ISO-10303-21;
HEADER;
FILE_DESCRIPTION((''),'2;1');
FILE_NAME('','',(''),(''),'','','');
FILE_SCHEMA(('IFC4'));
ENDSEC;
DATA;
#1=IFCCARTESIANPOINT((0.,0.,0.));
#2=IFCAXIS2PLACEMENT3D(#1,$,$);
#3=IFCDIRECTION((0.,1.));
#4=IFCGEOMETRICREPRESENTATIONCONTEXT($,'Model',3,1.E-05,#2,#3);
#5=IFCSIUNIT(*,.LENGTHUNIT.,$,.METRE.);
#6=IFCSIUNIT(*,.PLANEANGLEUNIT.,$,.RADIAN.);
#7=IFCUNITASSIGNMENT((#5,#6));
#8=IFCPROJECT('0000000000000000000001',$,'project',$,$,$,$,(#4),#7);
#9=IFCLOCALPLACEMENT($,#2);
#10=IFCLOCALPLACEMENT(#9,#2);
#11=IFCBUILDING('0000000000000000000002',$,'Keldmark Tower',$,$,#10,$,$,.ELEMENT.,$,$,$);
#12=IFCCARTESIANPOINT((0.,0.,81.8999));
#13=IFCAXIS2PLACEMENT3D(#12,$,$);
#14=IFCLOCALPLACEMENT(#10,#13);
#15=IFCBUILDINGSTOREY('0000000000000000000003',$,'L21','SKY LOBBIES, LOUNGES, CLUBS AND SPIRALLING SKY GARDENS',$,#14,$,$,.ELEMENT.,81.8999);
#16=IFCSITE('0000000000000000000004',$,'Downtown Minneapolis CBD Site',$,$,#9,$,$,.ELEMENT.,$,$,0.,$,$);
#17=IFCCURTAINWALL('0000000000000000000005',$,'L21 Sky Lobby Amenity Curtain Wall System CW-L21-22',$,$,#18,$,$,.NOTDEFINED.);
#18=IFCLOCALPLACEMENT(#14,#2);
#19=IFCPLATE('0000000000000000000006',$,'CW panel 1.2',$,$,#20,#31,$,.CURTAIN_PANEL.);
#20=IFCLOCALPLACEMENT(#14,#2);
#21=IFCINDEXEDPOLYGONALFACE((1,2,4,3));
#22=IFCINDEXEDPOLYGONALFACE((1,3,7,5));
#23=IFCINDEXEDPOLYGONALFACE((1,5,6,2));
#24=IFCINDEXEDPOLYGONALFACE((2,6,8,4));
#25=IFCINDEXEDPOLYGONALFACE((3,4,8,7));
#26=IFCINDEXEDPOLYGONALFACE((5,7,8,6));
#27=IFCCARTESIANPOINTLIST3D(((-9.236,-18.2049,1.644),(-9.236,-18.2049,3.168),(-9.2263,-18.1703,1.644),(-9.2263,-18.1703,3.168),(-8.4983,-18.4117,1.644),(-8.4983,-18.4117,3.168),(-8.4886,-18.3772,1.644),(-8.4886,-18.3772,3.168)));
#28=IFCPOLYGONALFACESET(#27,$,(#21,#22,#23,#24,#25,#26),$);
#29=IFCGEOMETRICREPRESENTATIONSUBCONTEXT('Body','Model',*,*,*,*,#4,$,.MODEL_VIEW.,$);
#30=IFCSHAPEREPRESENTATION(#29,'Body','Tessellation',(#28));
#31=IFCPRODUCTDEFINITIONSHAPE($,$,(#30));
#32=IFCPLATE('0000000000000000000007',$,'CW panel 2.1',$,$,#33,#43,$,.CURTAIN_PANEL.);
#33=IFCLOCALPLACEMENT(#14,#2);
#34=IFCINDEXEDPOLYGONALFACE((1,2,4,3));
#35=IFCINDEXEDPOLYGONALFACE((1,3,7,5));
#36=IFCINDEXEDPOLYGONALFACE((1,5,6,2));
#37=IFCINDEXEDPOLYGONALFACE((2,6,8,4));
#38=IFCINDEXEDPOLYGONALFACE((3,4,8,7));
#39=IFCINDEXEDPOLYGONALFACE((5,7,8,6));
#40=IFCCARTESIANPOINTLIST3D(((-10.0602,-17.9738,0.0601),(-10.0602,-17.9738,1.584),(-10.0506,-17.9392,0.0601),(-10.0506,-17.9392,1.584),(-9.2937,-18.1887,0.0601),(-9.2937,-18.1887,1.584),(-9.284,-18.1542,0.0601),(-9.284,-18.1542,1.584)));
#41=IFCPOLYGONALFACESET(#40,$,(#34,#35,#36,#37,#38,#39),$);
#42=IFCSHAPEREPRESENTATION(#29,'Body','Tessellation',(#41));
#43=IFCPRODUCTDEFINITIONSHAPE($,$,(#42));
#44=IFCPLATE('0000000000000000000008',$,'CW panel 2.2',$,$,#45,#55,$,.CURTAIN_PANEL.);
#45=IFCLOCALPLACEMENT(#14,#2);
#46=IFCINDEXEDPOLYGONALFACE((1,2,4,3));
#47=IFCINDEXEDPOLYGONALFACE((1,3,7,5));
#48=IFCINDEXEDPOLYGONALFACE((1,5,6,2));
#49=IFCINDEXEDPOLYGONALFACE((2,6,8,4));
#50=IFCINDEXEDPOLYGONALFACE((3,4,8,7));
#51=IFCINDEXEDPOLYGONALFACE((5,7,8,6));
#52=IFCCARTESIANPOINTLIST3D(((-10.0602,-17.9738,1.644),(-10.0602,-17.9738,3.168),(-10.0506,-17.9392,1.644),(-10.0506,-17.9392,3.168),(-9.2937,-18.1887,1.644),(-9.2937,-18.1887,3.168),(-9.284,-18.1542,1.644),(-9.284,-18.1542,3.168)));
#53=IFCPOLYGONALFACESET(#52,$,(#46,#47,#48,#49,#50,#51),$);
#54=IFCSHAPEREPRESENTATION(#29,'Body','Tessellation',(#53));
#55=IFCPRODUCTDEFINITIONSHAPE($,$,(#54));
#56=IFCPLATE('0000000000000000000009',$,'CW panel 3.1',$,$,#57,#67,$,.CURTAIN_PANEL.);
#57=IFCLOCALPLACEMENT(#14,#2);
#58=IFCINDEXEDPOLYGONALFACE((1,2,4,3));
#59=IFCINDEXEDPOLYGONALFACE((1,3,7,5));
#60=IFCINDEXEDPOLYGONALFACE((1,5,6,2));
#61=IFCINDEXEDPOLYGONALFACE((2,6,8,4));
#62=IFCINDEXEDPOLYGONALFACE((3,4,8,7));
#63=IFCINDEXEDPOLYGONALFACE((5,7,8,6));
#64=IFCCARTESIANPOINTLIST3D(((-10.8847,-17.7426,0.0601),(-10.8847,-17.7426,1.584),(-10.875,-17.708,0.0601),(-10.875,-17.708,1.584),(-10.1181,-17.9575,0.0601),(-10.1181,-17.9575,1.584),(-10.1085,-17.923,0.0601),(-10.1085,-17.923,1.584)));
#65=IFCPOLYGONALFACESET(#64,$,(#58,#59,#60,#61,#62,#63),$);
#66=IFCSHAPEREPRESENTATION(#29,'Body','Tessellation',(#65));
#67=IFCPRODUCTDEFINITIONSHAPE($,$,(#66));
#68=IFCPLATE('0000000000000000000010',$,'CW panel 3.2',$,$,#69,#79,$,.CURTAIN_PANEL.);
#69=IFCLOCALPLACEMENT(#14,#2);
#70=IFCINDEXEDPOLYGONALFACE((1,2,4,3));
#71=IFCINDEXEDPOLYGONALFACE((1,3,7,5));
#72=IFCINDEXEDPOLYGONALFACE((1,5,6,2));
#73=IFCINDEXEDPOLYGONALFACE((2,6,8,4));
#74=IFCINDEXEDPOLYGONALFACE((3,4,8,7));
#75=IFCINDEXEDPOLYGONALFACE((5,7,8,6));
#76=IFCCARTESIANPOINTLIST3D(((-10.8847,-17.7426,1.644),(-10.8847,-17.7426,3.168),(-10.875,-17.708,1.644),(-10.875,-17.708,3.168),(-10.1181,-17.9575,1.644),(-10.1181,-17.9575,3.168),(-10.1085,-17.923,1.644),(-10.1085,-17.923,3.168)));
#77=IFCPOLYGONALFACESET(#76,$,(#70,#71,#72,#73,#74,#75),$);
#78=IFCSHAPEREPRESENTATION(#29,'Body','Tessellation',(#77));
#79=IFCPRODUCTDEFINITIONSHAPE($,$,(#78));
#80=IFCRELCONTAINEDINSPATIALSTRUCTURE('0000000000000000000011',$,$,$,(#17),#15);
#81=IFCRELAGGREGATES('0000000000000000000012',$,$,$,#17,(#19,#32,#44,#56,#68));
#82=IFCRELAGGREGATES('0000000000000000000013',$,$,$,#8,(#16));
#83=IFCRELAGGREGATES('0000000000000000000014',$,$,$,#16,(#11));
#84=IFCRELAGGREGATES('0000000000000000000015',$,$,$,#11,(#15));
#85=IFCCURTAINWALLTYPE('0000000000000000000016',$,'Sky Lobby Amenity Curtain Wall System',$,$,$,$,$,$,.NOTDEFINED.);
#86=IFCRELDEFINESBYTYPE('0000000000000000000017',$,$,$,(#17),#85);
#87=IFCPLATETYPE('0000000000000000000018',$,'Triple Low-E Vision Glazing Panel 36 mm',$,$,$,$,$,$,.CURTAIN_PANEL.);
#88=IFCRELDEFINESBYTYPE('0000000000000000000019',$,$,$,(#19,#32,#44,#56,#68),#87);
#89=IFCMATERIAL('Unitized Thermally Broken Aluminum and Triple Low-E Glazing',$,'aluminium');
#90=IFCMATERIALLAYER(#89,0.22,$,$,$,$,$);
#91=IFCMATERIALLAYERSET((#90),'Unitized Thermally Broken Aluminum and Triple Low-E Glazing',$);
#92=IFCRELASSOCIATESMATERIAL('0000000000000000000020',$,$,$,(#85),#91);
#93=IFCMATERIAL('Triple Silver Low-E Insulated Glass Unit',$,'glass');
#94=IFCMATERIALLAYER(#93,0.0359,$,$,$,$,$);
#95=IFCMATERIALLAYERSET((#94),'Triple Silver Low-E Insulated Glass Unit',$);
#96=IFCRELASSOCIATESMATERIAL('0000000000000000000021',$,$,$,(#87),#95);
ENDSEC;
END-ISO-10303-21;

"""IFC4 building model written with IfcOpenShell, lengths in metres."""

from ifc_helpers import new_model, si_unit, direction, frame, origin, origin_2d, place, context, subcontext, project, spatial, rectangle, extrude, material, layer, layer_set, type_object, element, aggregate, save


model = new_model("IFC4")

# Units and contexts
model_context = context("Model", 3, precision=1e-05, world=origin(), true_north=direction((0.0, 1.0)))
body_context = subcontext(model_context, "Body", "Model", "MODEL_VIEW")
ifc_project = project(units=[si_unit("LENGTHUNIT", "METRE"), si_unit("PLANEANGLEUNIT", "RADIAN")], contexts=[model_context])

# Site, building, storey
site_placement = place(None, origin())
site = spatial("IfcSite", under=ifc_project, at=site_placement, Name="Downtown Minneapolis CBD Site", CompositionType="ELEMENT", RefElevation=0.0)
building_placement = place(site_placement, origin())
building = spatial("IfcBuilding", under=site, at=building_placement, Name="Keldmark Tower", CompositionType="ELEMENT")
storey_placement = place(building_placement, frame((0.0, 0.0, 81.8999)))
storey = spatial("IfcBuildingStorey", under=building, at=storey_placement, Name="L21", Description="SKY LOBBIES, LOUNGES, CLUBS AND SPIRALLING SKY GARDENS", CompositionType="ELEMENT", Elevation=81.8999)

# Curtain wall, plates
ifc_material_1 = material(Name="Unitized Thermally Broken Aluminum and Triple Low-E Glazing", Category="aluminium")
ifc_layer_1 = layer(ifc_material_1, 0.22)
ifc_layer_set_1 = layer_set([ifc_layer_1], Name="Unitized Thermally Broken Aluminum and Triple Low-E Glazing")
curtain_wall_type = type_object("IfcCurtainWallType", Name="Sky Lobby Amenity Curtain Wall System", PredefinedType="NOTDEFINED", material=ifc_layer_set_1)
curtain_wall_placement = place(storey_placement, origin())
curtain_wall = element("IfcCurtainWall", 1, at=curtain_wall_placement, inside=storey, type_object=curtain_wall_type, Name="L21 Sky Lobby Amenity Curtain Wall System CW-L21-22", PredefinedType="NOTDEFINED")
ifc_material_2 = material(Name="Triple Silver Low-E Insulated Glass Unit", Category="glass")
ifc_layer_2 = layer(ifc_material_2, 0.0359)
ifc_layer_set_2 = layer_set([ifc_layer_2], Name="Triple Silver Low-E Insulated Glass Unit")
plate_type = type_object("IfcPlateType", Name="Triple Low-E Vision Glazing Panel 36 mm", PredefinedType="CURTAIN_PANEL", material=ifc_layer_set_2)
plate_1_placement = place(storey_placement, frame((-8.8623, -18.291, 1.644), z_axis=(0.0, 0.0, 1.0), x_axis=(-0.962852, 0.270028, 0.0)))
plate_1 = element("IfcPlate", 2, at=plate_1_placement, type_object=plate_type, Name="CW panel 1.2", PredefinedType="CURTAIN_PANEL", context=body_context, shape_type="SweptSolid", body=[
    extrude(rectangle(XDim=0.7661, YDim=0.0359, at=origin_2d()), origin(), (0.0, 0.0, 1.0), 1.5239),
])
plate_2_placement = place(storey_placement, frame((-9.6721, -18.064, 0.0601), z_axis=(0.0, 0.0, 1.0), x_axis=(-0.962852, 0.270028, 0.0)))
plate_2 = element("IfcPlate", 3, at=plate_2_placement, type_object=plate_type, Name="CW panel 2.1", PredefinedType="CURTAIN_PANEL", context=body_context, shape_type="SweptSolid", body=[
    extrude(rectangle(XDim=0.7961, YDim=0.0359, at=origin_2d()), origin(), (0.0, 0.0, 1.0), 1.5239),
])
plate_3_placement = place(storey_placement, frame((-9.6721, -18.064, 1.644), z_axis=(0.0, 0.0, 1.0), x_axis=(-0.962852, 0.270028, 0.0)))
plate_3 = element("IfcPlate", 4, at=plate_3_placement, type_object=plate_type, Name="CW panel 2.2", PredefinedType="CURTAIN_PANEL", context=body_context, shape_type="SweptSolid", body=[
    extrude(rectangle(XDim=0.7961, YDim=0.0359, at=origin_2d()), origin(), (0.0, 0.0, 1.0), 1.5239),
])
plate_4_placement = place(storey_placement, frame((-10.4966, -17.8328, 0.0601), z_axis=(0.0, 0.0, 1.0), x_axis=(-0.962852, 0.270028, 0.0)))
plate_4 = element("IfcPlate", 5, at=plate_4_placement, type_object=plate_type, Name="CW panel 3.1", PredefinedType="CURTAIN_PANEL", context=body_context, shape_type="SweptSolid", body=[
    extrude(rectangle(XDim=0.7961, YDim=0.0359, at=origin_2d()), origin(), (0.0, 0.0, 1.0), 1.5239),
])
plate_5_placement = place(storey_placement, frame((-10.4966, -17.8328, 1.644), z_axis=(0.0, 0.0, 1.0), x_axis=(-0.962852, 0.270028, 0.0)))
plate_5 = element("IfcPlate", 6, at=plate_5_placement, type_object=plate_type, Name="CW panel 3.2", PredefinedType="CURTAIN_PANEL", context=body_context, shape_type="SweptSolid", body=[
    extrude(rectangle(XDim=0.7961, YDim=0.0359, at=origin_2d()), origin(), (0.0, 0.0, 1.0), 1.5239),
])
aggregate(curtain_wall, [plate_1, plate_2, plate_3, plate_4, plate_5])

save(model, "model.ifc")
